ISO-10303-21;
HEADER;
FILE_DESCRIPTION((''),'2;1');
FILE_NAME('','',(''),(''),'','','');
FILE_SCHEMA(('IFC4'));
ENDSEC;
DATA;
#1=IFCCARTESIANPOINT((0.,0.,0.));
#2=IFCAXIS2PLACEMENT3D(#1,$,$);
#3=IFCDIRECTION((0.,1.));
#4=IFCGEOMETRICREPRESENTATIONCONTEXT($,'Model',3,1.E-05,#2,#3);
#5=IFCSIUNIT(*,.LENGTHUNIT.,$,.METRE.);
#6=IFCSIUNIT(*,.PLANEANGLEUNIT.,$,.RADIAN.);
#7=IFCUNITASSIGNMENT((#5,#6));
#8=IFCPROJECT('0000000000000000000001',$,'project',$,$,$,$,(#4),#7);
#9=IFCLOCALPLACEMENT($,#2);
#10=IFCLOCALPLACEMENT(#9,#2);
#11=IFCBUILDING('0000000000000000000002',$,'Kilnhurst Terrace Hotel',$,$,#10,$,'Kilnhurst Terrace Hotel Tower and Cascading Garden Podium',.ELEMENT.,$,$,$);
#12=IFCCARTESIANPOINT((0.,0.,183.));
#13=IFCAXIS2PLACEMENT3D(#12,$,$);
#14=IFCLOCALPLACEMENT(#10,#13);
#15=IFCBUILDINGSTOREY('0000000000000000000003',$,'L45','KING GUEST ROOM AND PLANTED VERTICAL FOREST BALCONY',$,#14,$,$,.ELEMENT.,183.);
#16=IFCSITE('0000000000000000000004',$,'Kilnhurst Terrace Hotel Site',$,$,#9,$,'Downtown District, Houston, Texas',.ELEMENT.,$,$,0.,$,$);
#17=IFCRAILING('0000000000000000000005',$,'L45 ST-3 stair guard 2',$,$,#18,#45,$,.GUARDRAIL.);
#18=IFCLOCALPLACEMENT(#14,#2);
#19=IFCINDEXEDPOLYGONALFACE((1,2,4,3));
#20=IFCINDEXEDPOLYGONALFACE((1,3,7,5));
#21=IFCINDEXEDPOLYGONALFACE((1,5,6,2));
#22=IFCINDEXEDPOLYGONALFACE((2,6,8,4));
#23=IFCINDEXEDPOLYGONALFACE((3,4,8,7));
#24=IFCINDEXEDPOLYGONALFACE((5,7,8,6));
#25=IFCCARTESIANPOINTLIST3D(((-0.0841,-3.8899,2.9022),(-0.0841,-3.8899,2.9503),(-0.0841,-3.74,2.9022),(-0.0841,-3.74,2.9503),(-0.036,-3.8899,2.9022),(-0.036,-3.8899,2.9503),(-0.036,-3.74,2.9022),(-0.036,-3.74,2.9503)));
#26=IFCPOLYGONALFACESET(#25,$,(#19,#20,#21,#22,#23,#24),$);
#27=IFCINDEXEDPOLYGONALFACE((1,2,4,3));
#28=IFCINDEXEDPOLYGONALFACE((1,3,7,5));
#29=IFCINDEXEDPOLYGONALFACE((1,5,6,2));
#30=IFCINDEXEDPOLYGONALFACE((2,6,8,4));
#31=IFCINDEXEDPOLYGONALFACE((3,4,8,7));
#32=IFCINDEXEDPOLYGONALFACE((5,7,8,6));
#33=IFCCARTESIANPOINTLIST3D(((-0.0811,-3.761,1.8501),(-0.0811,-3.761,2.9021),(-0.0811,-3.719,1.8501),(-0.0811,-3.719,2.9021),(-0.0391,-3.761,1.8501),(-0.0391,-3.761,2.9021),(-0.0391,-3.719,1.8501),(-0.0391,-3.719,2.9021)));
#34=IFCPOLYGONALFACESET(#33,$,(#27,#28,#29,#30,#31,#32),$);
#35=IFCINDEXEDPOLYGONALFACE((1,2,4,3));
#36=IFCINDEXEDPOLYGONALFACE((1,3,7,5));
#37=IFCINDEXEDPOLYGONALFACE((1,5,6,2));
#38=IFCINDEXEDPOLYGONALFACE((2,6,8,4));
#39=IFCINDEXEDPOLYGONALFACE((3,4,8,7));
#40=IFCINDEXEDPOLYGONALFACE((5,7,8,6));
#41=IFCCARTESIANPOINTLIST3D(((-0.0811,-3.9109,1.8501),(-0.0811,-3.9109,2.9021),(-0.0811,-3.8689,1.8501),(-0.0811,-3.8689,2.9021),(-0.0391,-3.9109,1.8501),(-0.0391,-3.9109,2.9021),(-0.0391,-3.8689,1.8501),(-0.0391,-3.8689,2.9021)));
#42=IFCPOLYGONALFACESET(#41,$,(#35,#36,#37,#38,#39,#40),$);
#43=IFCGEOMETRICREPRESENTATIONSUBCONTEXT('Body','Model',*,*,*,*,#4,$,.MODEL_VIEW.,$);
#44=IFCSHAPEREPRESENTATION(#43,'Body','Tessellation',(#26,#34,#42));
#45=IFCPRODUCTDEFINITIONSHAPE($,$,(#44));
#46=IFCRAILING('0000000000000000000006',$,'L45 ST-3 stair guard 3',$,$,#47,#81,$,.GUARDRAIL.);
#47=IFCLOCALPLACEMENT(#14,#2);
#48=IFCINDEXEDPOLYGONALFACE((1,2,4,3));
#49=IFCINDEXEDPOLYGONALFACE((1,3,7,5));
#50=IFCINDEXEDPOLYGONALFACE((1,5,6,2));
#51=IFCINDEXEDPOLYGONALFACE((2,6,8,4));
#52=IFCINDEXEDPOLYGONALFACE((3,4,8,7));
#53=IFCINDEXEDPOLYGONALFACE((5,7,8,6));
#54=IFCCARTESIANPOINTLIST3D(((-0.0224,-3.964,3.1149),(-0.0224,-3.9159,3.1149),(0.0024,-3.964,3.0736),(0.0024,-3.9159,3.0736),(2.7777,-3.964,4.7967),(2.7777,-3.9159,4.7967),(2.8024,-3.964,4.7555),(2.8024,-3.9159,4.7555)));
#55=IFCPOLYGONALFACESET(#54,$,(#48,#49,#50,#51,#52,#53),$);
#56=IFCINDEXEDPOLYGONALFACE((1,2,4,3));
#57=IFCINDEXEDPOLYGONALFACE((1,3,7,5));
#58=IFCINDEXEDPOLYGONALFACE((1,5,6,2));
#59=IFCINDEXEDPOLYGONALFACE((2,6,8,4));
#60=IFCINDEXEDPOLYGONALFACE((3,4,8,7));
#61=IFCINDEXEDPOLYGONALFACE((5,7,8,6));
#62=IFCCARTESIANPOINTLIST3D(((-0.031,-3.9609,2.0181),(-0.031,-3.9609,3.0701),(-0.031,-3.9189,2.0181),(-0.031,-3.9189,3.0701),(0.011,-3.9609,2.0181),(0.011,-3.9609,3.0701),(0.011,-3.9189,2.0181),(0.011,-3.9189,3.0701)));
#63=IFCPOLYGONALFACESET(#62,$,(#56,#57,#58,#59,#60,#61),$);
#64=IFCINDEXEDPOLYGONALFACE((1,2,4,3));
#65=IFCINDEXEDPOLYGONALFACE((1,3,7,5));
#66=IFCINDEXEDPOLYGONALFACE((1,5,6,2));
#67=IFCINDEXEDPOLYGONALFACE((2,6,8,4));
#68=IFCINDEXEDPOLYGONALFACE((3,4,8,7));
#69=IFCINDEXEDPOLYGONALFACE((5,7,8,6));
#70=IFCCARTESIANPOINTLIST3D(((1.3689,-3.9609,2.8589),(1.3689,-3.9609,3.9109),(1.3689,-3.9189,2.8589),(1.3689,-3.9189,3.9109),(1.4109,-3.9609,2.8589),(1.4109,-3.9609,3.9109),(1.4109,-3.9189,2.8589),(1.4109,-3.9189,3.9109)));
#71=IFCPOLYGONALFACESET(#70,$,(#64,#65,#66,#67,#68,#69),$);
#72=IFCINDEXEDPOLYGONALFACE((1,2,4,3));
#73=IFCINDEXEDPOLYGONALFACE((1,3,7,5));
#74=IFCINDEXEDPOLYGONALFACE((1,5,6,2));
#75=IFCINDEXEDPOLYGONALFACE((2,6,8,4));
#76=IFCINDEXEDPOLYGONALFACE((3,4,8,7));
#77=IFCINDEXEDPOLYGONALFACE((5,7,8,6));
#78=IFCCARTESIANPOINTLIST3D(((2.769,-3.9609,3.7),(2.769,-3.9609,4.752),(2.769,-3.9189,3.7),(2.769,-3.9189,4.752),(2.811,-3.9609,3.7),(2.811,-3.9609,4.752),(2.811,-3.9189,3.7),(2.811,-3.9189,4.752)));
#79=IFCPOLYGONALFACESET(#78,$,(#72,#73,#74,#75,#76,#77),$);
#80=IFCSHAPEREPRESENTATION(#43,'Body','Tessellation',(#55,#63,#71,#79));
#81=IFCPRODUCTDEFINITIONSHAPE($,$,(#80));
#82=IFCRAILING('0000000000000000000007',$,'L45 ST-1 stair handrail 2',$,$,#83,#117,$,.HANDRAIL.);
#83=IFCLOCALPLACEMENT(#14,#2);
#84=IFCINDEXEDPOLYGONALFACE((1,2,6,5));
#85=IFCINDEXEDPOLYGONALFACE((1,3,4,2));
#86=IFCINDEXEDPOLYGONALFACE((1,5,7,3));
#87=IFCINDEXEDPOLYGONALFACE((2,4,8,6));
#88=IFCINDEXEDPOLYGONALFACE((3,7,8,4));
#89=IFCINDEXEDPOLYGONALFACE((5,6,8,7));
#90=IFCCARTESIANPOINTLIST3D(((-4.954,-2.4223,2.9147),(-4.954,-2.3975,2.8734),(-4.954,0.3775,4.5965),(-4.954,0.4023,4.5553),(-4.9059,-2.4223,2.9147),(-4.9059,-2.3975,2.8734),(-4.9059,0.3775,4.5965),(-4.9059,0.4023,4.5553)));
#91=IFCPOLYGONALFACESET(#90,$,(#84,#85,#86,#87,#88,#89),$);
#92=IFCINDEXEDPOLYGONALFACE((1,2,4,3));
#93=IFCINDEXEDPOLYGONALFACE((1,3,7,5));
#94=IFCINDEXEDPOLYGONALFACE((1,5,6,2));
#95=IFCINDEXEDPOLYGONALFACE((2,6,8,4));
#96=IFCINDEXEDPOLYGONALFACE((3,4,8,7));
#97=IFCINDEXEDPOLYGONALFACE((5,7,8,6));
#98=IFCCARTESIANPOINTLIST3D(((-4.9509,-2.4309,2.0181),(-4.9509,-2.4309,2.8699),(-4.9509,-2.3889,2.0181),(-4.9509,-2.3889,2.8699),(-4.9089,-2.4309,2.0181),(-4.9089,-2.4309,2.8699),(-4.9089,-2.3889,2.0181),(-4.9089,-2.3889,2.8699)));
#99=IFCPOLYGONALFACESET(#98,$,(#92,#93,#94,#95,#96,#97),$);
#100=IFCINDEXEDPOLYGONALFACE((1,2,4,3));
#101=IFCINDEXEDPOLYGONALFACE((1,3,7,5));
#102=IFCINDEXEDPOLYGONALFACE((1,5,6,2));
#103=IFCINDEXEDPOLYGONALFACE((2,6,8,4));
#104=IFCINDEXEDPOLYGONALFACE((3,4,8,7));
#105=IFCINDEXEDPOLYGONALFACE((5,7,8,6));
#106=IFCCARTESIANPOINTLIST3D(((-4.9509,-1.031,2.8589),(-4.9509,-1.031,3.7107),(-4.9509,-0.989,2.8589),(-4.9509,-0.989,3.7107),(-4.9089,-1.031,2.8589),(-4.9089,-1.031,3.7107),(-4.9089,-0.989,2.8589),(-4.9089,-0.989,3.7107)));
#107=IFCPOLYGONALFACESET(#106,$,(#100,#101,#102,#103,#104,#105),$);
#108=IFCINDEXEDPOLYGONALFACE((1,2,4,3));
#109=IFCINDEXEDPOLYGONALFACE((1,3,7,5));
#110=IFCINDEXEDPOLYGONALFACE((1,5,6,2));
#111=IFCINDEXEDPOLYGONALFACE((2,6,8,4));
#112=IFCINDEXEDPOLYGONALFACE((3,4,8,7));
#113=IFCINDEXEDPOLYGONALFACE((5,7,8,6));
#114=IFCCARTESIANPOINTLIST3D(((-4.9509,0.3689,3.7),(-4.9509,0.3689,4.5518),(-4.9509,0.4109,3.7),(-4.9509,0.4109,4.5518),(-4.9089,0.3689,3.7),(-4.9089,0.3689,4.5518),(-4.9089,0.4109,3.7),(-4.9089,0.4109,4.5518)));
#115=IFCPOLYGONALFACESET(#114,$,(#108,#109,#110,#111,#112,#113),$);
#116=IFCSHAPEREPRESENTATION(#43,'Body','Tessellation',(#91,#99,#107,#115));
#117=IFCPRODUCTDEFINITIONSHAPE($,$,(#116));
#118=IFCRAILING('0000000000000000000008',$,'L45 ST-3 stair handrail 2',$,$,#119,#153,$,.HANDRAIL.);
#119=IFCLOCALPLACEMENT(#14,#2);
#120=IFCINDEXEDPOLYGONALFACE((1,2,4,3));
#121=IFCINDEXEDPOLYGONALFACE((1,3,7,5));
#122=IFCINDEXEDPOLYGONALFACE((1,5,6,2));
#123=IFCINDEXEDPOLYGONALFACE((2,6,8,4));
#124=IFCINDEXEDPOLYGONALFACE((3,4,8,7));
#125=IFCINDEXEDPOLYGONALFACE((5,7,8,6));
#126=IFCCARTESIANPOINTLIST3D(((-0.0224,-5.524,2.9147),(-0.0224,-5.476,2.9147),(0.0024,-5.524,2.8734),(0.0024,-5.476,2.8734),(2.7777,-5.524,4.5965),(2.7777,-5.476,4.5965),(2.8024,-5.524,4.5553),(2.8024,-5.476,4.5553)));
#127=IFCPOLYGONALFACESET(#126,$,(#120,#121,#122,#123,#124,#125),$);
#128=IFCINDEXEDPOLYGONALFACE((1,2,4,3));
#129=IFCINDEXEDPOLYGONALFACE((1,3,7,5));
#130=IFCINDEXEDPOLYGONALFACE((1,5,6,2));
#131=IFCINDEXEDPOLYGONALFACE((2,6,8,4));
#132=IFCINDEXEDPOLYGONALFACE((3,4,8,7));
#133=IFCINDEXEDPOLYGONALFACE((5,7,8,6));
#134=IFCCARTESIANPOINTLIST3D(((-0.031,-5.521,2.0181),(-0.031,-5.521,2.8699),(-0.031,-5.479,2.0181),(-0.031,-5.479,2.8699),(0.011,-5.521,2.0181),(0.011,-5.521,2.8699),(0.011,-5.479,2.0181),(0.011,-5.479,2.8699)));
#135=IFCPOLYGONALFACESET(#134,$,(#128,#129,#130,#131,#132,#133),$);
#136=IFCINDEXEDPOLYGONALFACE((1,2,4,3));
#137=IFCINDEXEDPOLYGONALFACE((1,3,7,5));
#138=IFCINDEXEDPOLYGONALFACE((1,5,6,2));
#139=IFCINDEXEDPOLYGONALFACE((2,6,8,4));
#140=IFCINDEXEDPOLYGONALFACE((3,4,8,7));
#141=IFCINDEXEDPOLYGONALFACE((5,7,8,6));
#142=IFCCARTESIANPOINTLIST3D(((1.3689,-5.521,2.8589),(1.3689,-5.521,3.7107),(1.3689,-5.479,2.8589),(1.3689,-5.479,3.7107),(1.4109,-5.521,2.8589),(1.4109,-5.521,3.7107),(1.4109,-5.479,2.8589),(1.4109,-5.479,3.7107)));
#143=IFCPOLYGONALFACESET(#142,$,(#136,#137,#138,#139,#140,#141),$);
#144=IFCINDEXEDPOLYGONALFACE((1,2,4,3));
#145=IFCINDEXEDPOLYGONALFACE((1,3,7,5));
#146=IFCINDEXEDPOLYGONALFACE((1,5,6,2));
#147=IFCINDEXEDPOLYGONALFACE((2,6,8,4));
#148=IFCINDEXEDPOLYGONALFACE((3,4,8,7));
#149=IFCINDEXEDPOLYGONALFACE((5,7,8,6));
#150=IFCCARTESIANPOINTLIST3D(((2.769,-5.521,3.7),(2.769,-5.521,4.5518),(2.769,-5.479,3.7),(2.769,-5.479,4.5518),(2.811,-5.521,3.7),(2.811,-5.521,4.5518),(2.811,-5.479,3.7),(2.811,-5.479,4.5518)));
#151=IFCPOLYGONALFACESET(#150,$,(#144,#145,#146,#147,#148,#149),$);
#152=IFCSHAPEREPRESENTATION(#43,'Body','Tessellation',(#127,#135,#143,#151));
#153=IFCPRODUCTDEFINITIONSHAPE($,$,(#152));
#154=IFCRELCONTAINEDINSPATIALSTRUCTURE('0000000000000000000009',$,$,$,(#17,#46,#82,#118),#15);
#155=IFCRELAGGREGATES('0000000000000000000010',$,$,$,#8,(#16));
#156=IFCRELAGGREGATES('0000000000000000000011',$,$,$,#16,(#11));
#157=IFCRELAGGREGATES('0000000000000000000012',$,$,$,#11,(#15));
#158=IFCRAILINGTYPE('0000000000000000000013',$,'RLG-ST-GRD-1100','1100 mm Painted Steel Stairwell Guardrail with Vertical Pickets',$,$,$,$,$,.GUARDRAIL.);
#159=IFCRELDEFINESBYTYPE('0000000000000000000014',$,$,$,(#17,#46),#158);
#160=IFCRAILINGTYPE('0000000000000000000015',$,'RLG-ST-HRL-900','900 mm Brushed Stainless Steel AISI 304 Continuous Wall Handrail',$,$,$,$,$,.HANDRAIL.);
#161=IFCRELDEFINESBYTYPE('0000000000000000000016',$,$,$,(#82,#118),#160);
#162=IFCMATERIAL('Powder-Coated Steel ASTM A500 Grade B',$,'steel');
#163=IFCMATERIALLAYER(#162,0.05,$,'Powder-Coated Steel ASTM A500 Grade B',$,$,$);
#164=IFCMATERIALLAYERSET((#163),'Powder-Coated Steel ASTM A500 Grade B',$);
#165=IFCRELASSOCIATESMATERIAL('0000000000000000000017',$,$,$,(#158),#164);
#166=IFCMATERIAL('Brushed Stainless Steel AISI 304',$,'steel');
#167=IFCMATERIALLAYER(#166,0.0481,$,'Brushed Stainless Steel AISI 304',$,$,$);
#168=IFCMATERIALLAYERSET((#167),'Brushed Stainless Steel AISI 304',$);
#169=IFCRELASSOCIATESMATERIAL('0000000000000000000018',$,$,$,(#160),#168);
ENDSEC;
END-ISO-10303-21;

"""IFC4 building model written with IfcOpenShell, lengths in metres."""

from ifc_helpers import new_model, si_unit, direction, frame, origin, origin_2d, place, context, subcontext, project, spatial, rectangle, extrude, material, layer, layer_set, type_object, element, save


model = new_model("IFC4")

# Units and contexts
model_context = context("Model", 3, precision=1e-05, world=origin(), true_north=direction((0.0, 1.0)))
body_context = subcontext(model_context, "Body", "Model", "MODEL_VIEW")
ifc_project = project(units=[si_unit("LENGTHUNIT", "METRE"), si_unit("PLANEANGLEUNIT", "RADIAN")], contexts=[model_context])

# Site, building, storey
site_placement = place(None, origin())
site = spatial("IfcSite", under=ifc_project, at=site_placement, Name="Kilnhurst Terrace Hotel Site", LongName="Downtown District, Houston, Texas", CompositionType="ELEMENT", RefElevation=0.0)
building_placement = place(site_placement, origin())
building = spatial("IfcBuilding", under=site, at=building_placement, Name="Kilnhurst Terrace Hotel", LongName="Kilnhurst Terrace Hotel Tower and Cascading Garden Podium", CompositionType="ELEMENT")
storey_placement = place(building_placement, frame((0.0, 0.0, 183.0)))
storey = spatial("IfcBuildingStorey", under=building, at=storey_placement, Name="L45", Description="KING GUEST ROOM AND PLANTED VERTICAL FOREST BALCONY", CompositionType="ELEMENT", Elevation=183.0)

# Railings
ifc_material_1 = material(Name="Powder-Coated Steel ASTM A500 Grade B", Category="steel")
ifc_layer_1 = layer(ifc_material_1, 0.05, Name="Powder-Coated Steel ASTM A500 Grade B")
ifc_layer_set_1 = layer_set([ifc_layer_1], Name="Powder-Coated Steel ASTM A500 Grade B")
railing_type_1 = type_object("IfcRailingType", Name="RLG-ST-GRD-1100", Description="1100 mm Painted Steel Stairwell Guardrail with Vertical Pickets", PredefinedType="GUARDRAIL", material=ifc_layer_set_1)
railing_1_placement = place(storey_placement, frame((-0.0601, -3.74, 1.8501)))
element("IfcRailing", 1, at=railing_1_placement, inside=storey, type_object=railing_type_1, Name="L45 ST-3 stair guard 2", PredefinedType="GUARDRAIL", context=body_context, shape_type="SweptSolid", body=[
    extrude(rectangle(XDim=0.0481, YDim=0.0481, at=origin_2d()), frame((0.0, 0.0, 1.0762), z_axis=(0.0, -1.0, 0.0), x_axis=(1.0, 0.0, 0.0)), (0.0, 0.0, 1.0), 0.1499),
    extrude(rectangle(XDim=0.042, YDim=0.042, at=origin_2d()), origin(), (0.0, 0.0, 1.0), 1.052),
    extrude(rectangle(XDim=0.042, YDim=0.042, at=origin_2d()), frame((0.0, -0.1499, 0.0)), (0.0, 0.0, 1.0), 1.052),
])
railing_2_placement = place(storey_placement, frame((-0.01, -3.9399, 2.0181)))
element("IfcRailing", 2, at=railing_2_placement, inside=storey, type_object=railing_type_1, Name="L45 ST-3 stair guard 3", PredefinedType="GUARDRAIL", context=body_context, shape_type="SweptSolid", body=[
    extrude(rectangle(XDim=0.0481, YDim=0.0481, at=origin_2d()), frame((0.0, 0.0, 1.0762), z_axis=(0.857242, 0.0, 0.514913), x_axis=(0.0, 1.0, 0.0)), (0.0, 0.0, 1.0), 3.2664),
    extrude(rectangle(XDim=0.042, YDim=0.042, at=origin_2d()), origin(), (0.0, 0.0, 1.0), 1.052),
    extrude(rectangle(XDim=0.042, YDim=0.042, at=origin_2d()), frame((1.3999, 0.0, 0.8408)), (0.0, 0.0, 1.0), 1.052),
    extrude(rectangle(XDim=0.042, YDim=0.042, at=origin_2d()), frame((2.8, 0.0, 1.6819)), (0.0, 0.0, 1.0), 1.052),
])
ifc_material_2 = material(Name="Brushed Stainless Steel AISI 304", Category="steel")
ifc_layer_2 = layer(ifc_material_2, 0.0481, Name="Brushed Stainless Steel AISI 304")
ifc_layer_set_2 = layer_set([ifc_layer_2], Name="Brushed Stainless Steel AISI 304")
railing_type_2 = type_object("IfcRailingType", Name="RLG-ST-HRL-900", Description="900 mm Brushed Stainless Steel AISI 304 Continuous Wall Handrail", PredefinedType="HANDRAIL", material=ifc_layer_set_2)
railing_3_placement = place(storey_placement, frame((-4.9299, -2.4099, 2.0181)))
element("IfcRailing", 3, at=railing_3_placement, inside=storey, type_object=railing_type_2, Name="L45 ST-1 stair handrail 2", PredefinedType="HANDRAIL", context=body_context, shape_type="SweptSolid", body=[
    extrude(rectangle(XDim=0.0481, YDim=0.0481, at=origin_2d()), frame((0.0, 0.0, 0.876), z_axis=(0.0, 0.857222, 0.514946), x_axis=(-1.0, 0.0, 0.0)), (0.0, 0.0, 1.0), 3.2661),
    extrude(rectangle(XDim=0.042, YDim=0.042, at=origin_2d()), origin(), (0.0, 0.0, 1.0), 0.8518),
    extrude(rectangle(XDim=0.042, YDim=0.042, at=origin_2d()), frame((0.0, 1.3999, 0.8408)), (0.0, 0.0, 1.0), 0.8518),
    extrude(rectangle(XDim=0.042, YDim=0.042, at=origin_2d()), frame((0.0, 2.7998, 1.6819)), (0.0, 0.0, 1.0), 0.8518),
])
railing_4_placement = place(storey_placement, frame((-0.01, -5.5, 2.0181)))
element("IfcRailing", 4, at=railing_4_placement, inside=storey, type_object=railing_type_2, Name="L45 ST-3 stair handrail 2", PredefinedType="HANDRAIL", context=body_context, shape_type="SweptSolid", body=[
    extrude(rectangle(XDim=0.0481, YDim=0.0481, at=origin_2d()), frame((0.0, 0.0, 0.876), z_axis=(0.857242, 0.0, 0.514913), x_axis=(0.0, 1.0, 0.0)), (0.0, 0.0, 1.0), 3.2664),
    extrude(rectangle(XDim=0.042, YDim=0.042, at=origin_2d()), origin(), (0.0, 0.0, 1.0), 0.8518),
    extrude(rectangle(XDim=0.042, YDim=0.042, at=origin_2d()), frame((1.3999, 0.0, 0.8408)), (0.0, 0.0, 1.0), 0.8518),
    extrude(rectangle(XDim=0.042, YDim=0.042, at=origin_2d()), frame((2.8, 0.0, 1.6819)), (0.0, 0.0, 1.0), 0.8518),
])

save(model, "model.ifc")
